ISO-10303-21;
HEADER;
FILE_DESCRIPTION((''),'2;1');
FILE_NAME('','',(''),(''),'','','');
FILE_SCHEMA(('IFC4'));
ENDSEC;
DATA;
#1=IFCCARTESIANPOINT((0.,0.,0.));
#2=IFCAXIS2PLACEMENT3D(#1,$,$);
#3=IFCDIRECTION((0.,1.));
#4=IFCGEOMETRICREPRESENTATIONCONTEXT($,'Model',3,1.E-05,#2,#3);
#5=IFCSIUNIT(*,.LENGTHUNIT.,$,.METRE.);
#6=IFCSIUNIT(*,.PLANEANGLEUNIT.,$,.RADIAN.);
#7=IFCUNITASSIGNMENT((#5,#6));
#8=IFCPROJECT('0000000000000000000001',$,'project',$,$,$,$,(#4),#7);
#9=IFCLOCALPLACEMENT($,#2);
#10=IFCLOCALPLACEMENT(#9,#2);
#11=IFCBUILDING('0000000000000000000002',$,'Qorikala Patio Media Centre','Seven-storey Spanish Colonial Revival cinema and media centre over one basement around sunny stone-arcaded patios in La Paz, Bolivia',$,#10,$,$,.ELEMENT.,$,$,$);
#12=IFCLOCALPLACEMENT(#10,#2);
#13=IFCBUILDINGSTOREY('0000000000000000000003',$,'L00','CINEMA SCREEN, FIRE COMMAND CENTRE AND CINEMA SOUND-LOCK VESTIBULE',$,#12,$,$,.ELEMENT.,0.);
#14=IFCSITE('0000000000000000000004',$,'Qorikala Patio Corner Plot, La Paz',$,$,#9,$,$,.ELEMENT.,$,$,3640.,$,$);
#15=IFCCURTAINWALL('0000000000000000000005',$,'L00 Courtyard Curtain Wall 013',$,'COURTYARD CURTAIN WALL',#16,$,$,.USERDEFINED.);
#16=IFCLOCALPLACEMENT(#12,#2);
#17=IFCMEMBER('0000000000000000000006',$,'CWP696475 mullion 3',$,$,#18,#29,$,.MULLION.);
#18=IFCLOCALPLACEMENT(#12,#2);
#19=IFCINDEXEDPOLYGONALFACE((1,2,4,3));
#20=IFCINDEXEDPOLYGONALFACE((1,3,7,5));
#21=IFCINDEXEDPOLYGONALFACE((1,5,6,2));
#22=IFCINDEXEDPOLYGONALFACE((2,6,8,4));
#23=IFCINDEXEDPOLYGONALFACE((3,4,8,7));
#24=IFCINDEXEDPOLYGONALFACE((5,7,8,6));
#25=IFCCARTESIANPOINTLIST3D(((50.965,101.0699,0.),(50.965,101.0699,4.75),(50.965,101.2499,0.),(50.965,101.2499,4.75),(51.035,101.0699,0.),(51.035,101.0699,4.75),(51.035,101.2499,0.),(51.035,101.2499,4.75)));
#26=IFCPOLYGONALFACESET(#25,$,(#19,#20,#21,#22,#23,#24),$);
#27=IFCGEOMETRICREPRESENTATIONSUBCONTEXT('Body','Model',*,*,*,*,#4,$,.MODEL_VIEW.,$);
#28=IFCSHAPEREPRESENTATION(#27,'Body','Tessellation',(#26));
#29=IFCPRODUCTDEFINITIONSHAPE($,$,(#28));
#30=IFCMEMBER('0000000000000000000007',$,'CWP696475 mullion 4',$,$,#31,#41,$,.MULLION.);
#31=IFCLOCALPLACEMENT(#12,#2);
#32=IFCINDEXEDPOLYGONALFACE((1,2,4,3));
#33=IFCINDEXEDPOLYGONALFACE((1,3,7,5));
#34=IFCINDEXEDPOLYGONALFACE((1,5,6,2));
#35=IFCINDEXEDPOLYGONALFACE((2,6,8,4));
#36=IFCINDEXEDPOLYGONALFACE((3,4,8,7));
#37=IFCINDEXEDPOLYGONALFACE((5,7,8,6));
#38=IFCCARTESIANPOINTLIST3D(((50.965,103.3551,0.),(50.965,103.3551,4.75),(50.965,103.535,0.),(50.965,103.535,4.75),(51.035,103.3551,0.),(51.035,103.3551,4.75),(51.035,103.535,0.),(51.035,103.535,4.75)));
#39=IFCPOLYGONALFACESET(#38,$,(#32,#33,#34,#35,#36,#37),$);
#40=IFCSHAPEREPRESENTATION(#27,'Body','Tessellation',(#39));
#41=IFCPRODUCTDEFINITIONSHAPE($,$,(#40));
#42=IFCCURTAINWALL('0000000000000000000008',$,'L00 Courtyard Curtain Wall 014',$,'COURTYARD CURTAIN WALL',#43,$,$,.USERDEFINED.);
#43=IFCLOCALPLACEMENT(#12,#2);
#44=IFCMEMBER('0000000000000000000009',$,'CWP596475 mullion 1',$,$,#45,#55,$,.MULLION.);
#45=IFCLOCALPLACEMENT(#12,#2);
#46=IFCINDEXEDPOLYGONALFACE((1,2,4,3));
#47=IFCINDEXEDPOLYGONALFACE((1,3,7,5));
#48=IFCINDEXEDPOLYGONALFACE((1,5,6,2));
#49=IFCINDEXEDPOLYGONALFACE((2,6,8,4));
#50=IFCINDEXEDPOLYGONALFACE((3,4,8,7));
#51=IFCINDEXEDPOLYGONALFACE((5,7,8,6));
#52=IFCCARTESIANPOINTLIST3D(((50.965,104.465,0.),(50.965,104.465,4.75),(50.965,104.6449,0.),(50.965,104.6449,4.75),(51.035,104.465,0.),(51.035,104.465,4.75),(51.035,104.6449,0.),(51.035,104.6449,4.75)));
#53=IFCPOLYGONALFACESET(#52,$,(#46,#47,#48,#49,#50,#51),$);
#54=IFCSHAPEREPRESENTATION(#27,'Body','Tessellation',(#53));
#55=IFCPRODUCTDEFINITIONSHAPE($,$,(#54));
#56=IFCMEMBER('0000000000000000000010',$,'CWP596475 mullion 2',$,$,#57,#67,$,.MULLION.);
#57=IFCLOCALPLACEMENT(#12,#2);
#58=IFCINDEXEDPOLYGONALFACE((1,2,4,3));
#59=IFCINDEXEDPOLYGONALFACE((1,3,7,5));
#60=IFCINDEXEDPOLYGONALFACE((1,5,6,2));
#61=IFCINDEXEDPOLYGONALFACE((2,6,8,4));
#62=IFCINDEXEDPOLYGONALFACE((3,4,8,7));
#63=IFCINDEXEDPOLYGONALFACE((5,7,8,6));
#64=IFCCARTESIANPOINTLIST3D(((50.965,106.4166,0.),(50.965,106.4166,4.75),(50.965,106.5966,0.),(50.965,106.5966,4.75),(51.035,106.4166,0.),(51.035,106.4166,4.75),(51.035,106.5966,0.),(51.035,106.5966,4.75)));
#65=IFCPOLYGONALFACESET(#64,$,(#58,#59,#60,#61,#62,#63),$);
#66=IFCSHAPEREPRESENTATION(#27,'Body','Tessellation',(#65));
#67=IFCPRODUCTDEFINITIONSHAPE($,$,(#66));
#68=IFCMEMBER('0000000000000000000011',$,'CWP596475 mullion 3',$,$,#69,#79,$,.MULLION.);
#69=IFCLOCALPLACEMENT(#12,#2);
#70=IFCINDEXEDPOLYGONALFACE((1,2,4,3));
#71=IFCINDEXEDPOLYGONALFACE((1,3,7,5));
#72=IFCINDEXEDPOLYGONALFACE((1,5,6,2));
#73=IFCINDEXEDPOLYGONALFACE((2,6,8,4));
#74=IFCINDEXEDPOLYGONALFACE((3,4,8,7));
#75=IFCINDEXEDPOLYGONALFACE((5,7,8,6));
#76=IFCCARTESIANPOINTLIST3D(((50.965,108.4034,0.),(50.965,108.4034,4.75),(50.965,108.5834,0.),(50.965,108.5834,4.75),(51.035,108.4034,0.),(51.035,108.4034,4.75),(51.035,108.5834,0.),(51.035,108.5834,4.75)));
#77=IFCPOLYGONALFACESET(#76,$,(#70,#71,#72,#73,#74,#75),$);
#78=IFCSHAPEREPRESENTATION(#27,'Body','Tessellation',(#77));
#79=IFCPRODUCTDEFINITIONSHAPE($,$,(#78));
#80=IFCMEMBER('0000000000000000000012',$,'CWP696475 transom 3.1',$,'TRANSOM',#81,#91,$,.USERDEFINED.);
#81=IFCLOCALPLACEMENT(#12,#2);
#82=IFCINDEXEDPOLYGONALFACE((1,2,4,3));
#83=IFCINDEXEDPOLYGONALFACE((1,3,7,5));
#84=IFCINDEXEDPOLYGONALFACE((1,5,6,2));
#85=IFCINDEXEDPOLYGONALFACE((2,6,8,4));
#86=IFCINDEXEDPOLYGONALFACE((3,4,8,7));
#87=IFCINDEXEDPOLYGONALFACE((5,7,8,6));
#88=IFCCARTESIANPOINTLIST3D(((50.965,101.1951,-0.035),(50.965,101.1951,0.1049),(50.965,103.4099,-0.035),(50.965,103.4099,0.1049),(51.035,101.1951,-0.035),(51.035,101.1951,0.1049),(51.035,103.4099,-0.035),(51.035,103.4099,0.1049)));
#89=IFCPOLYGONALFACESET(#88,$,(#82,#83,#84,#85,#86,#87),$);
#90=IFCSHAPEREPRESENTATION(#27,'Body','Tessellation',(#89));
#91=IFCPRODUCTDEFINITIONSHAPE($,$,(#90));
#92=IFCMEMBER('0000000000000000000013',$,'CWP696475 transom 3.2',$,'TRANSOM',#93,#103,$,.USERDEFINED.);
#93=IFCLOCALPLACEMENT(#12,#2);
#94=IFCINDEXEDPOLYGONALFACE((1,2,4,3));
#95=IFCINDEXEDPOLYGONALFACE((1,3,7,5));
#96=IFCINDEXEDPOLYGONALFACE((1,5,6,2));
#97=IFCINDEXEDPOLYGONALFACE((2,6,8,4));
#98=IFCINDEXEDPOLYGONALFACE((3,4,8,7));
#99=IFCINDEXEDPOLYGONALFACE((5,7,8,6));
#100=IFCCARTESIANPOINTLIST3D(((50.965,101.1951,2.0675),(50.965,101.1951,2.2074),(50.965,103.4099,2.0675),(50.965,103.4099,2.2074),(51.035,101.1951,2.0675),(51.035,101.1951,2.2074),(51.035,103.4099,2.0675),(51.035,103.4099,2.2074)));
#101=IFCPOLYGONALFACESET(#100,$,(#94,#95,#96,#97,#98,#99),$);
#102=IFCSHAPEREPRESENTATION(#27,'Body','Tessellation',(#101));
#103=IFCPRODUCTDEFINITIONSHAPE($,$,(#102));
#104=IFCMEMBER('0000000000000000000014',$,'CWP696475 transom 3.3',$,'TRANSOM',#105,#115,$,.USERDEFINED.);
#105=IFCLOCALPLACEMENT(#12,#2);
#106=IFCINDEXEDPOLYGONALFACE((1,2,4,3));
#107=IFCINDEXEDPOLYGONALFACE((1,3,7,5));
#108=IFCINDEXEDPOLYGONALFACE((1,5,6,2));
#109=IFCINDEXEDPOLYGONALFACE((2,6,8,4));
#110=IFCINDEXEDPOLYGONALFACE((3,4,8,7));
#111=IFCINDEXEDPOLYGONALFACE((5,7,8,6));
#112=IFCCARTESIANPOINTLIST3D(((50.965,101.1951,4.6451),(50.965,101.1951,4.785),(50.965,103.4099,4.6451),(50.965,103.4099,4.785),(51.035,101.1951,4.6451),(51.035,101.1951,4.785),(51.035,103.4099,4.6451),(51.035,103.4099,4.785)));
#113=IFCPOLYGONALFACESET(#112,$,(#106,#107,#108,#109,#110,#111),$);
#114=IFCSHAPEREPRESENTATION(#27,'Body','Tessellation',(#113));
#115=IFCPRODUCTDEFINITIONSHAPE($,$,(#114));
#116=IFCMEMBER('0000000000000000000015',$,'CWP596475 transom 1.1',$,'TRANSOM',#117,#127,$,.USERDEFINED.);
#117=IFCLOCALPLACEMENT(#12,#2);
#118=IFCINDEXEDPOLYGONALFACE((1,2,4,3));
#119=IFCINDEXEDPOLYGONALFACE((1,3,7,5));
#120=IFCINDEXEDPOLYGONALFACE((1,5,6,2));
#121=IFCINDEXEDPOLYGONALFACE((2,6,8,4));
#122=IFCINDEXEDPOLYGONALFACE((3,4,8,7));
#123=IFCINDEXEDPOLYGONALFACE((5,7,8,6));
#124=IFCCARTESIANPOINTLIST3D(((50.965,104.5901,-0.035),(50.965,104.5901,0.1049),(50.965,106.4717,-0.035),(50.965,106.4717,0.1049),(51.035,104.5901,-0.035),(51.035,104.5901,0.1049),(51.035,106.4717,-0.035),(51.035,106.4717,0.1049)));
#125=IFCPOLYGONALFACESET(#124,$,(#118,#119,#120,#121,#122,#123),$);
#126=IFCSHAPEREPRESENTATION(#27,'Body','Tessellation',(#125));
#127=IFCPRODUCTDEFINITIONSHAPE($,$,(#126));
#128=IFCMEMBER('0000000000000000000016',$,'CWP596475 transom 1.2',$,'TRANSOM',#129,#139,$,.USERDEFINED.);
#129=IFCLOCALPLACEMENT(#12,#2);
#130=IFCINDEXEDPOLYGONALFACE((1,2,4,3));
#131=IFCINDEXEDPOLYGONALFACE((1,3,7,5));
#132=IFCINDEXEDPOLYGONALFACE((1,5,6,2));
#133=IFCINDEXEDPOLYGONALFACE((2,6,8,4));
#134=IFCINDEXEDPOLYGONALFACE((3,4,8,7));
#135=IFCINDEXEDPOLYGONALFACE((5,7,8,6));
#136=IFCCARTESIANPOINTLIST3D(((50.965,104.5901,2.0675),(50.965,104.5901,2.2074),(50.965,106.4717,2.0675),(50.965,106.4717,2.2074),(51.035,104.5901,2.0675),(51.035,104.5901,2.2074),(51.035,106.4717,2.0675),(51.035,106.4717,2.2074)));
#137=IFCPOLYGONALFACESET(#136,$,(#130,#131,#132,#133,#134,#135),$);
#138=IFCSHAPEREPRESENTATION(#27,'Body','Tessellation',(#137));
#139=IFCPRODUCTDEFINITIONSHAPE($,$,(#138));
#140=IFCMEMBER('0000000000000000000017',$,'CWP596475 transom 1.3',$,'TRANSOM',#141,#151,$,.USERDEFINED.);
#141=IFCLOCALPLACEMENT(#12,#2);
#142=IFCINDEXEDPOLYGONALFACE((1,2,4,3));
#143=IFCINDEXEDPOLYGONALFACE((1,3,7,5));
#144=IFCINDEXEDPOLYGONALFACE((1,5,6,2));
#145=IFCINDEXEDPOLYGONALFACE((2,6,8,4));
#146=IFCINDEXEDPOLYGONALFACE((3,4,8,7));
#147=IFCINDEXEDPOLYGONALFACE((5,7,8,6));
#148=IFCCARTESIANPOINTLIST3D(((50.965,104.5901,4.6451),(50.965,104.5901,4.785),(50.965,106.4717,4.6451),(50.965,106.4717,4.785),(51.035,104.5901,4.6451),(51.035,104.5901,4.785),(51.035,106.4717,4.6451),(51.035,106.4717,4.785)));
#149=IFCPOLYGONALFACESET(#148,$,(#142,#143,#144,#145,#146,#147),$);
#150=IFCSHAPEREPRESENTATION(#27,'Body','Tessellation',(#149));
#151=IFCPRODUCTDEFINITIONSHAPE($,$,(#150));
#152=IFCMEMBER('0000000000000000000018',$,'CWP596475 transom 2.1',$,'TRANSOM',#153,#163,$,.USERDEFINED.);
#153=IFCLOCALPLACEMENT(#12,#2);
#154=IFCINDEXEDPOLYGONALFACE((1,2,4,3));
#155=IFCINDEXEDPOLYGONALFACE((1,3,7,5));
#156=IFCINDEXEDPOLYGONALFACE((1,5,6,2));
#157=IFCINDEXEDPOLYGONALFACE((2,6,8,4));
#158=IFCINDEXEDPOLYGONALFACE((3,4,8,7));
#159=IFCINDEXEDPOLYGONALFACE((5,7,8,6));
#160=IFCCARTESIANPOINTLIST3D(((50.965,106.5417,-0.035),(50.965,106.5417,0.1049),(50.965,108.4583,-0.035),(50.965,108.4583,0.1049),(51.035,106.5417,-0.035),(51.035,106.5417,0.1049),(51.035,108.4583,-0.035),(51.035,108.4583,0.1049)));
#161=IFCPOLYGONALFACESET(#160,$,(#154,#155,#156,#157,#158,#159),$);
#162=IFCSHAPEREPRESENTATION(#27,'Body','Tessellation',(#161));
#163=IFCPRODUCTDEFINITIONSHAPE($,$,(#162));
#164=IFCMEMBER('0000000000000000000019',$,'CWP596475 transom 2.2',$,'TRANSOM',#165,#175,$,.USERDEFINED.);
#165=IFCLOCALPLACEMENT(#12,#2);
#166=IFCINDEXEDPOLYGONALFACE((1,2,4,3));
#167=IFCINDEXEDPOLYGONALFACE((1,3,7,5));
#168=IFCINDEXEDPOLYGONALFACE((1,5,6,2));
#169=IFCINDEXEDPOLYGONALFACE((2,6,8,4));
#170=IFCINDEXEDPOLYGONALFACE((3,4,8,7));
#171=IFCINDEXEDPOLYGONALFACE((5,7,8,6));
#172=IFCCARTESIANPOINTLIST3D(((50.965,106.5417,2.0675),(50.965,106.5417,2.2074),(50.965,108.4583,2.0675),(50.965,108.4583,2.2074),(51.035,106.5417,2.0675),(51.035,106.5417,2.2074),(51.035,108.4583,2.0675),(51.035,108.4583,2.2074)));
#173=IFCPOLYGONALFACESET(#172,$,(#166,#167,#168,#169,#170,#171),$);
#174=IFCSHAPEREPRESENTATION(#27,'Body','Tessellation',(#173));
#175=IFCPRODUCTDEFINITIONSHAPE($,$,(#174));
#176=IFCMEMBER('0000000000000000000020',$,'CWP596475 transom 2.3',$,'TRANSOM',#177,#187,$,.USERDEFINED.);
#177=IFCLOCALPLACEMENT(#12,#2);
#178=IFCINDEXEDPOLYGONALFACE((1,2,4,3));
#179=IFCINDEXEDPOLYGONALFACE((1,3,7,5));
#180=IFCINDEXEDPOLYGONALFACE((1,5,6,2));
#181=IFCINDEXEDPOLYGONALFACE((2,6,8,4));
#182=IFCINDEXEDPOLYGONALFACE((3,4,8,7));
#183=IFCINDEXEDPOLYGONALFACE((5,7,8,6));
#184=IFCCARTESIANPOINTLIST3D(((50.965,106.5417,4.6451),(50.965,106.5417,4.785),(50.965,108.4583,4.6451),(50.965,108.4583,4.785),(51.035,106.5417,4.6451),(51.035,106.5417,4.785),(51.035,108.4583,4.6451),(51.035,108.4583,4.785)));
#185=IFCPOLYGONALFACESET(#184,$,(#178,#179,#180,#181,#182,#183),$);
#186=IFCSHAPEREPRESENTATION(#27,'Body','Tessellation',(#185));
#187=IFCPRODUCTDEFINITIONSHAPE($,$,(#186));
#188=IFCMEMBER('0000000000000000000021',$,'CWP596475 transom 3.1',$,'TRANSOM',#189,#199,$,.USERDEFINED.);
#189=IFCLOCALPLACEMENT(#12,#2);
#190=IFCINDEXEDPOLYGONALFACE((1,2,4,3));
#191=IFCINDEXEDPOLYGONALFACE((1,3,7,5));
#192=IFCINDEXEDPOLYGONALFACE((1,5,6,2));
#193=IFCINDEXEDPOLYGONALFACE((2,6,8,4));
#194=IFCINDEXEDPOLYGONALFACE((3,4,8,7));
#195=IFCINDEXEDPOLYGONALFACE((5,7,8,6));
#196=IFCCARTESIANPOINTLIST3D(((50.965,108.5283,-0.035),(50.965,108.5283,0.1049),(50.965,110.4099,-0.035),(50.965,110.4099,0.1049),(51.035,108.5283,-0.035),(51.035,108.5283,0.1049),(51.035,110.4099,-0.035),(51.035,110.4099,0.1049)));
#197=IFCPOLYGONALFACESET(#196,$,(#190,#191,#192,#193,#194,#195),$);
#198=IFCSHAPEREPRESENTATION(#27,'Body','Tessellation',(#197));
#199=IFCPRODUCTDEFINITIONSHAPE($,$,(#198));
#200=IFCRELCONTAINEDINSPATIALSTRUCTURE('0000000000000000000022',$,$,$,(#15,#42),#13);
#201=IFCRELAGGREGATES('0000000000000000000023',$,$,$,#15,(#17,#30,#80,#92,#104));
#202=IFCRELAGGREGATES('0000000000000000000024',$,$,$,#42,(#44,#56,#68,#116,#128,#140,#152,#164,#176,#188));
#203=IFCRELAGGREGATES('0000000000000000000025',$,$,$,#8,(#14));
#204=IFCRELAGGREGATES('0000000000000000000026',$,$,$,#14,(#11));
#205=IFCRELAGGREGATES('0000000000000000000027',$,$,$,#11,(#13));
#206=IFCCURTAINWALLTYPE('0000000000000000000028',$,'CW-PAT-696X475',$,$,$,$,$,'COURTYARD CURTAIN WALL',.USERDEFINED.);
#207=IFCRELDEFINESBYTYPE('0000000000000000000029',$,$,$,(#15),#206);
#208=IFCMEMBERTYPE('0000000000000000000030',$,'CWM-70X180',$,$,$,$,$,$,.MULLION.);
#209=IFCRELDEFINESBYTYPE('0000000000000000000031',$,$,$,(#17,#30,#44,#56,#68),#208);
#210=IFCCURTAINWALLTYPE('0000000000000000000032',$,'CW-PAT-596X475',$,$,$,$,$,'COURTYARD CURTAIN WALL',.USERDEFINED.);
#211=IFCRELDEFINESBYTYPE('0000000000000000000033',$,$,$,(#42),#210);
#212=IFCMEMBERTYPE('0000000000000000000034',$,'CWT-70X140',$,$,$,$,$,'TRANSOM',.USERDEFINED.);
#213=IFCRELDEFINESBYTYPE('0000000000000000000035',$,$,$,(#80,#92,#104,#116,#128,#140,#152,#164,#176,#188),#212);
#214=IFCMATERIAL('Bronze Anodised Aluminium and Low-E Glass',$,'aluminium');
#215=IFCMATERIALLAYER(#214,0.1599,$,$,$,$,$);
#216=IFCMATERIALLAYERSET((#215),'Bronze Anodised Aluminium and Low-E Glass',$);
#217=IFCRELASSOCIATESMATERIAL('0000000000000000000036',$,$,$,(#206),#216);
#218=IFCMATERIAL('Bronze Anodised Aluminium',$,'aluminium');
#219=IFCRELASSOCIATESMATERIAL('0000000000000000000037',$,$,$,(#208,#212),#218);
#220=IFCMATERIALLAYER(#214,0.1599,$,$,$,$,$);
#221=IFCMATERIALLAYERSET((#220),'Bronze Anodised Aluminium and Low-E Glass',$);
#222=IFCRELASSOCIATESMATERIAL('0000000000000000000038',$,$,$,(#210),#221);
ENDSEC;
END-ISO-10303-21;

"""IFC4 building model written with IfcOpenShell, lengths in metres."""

from ifc_helpers import new_model, si_unit, direction, frame, origin, origin_2d, place, context, subcontext, project, spatial, rectangle, extrude, material, layer, layer_set, material_profile, profile_set, type_object, element, aggregate, save


model = new_model("IFC4")

# Units and contexts
model_context = context("Model", 3, precision=1e-05, world=origin(), true_north=direction((0.0, 1.0)))
body_context = subcontext(model_context, "Body", "Model", "MODEL_VIEW")
ifc_project = project(units=[si_unit("LENGTHUNIT", "METRE"), si_unit("PLANEANGLEUNIT", "RADIAN")], contexts=[model_context])

# Site, building, storey
site_placement = place(None, origin())
site = spatial("IfcSite", under=ifc_project, at=site_placement, Name="Qorikala Patio Corner Plot, La Paz", CompositionType="ELEMENT", RefElevation=3640.0)
building_placement = place(site_placement, origin())
building = spatial("IfcBuilding", under=site, at=building_placement, Name="Qorikala Patio Media Centre", Description="Seven-storey Spanish Colonial Revival cinema and media centre over one basement around sunny stone-arcaded patios in La Paz, Bolivia", CompositionType="ELEMENT")
storey_placement = place(building_placement, origin())
storey = spatial("IfcBuildingStorey", under=building, at=storey_placement, Name="L00", Description="CINEMA SCREEN, FIRE COMMAND CENTRE AND CINEMA SOUND-LOCK VESTIBULE", CompositionType="ELEMENT", Elevation=0.0)

# Curtain walls, members
ifc_material_1 = material(Name="Bronze Anodised Aluminium and Low-E Glass", Category="aluminium")
ifc_layer_1 = layer(ifc_material_1, 0.1599)
ifc_layer_set_1 = layer_set([ifc_layer_1], Name="Bronze Anodised Aluminium and Low-E Glass")
curtain_wall_type_1 = type_object("IfcCurtainWallType", Name="CW-PAT-696X475", ElementType="COURTYARD CURTAIN WALL", PredefinedType="USERDEFINED", material=ifc_layer_set_1)
curtain_wall_1_placement = place(storey_placement, origin())
curtain_wall_1 = element("IfcCurtainWall", 1, at=curtain_wall_1_placement, inside=storey, type_object=curtain_wall_type_1, Name="L00 Courtyard Curtain Wall 013", ObjectType="COURTYARD CURTAIN WALL", PredefinedType="USERDEFINED")
ifc_material_2 = material(Name="Bronze Anodised Aluminium", Category="aluminium")
ifc_material_profile_1 = material_profile(ifc_material_2, rectangle(XDim=0.0701, YDim=0.1799, at=origin_2d()), Name="ALU MULLION 70x180")
ifc_profile_set_1 = profile_set([ifc_material_profile_1], Name="Bronze Anodised Aluminium")
member_type_1 = type_object("IfcMemberType", Name="CWM-70X180", PredefinedType="MULLION", material=ifc_profile_set_1)
member_1_placement = place(storey_placement, frame((51.0, 101.1599, 0.0), z_axis=(0.0, 0.0, 1.0), x_axis=(-1.0, 0.0, 0.0)))
member_1 = element("IfcMember", 2, at=member_1_placement, type_object=member_type_1, Name="CWP696475 mullion 3", PredefinedType="MULLION", context=body_context, shape_type="SweptSolid", body=[
    extrude(rectangle(XDim=0.0701, YDim=0.1799, at=origin_2d()), origin(), (0.0, 0.0, 1.0), 4.75),
])
member_2_placement = place(storey_placement, frame((51.0, 103.4451, 0.0), z_axis=(0.0, 0.0, 1.0), x_axis=(-1.0, 0.0, 0.0)))
member_2 = element("IfcMember", 3, at=member_2_placement, type_object=member_type_1, Name="CWP696475 mullion 4", PredefinedType="MULLION", context=body_context, shape_type="SweptSolid", body=[
    extrude(rectangle(XDim=0.0701, YDim=0.1799, at=origin_2d()), origin(), (0.0, 0.0, 1.0), 4.75),
])
ifc_layer_2 = layer(ifc_material_1, 0.1599)
ifc_layer_set_2 = layer_set([ifc_layer_2], Name="Bronze Anodised Aluminium and Low-E Glass")
curtain_wall_type_2 = type_object("IfcCurtainWallType", Name="CW-PAT-596X475", ElementType="COURTYARD CURTAIN WALL", PredefinedType="USERDEFINED", material=ifc_layer_set_2)
curtain_wall_2_placement = place(storey_placement, origin())
curtain_wall_2 = element("IfcCurtainWall", 4, at=curtain_wall_2_placement, inside=storey, type_object=curtain_wall_type_2, Name="L00 Courtyard Curtain Wall 014", ObjectType="COURTYARD CURTAIN WALL", PredefinedType="USERDEFINED")
member_3_placement = place(storey_placement, frame((51.0, 104.5549, 0.0), z_axis=(0.0, 0.0, 1.0), x_axis=(-1.0, 0.0, 0.0)))
member_3 = element("IfcMember", 5, at=member_3_placement, type_object=member_type_1, Name="CWP596475 mullion 1", PredefinedType="MULLION", context=body_context, shape_type="SweptSolid", body=[
    extrude(rectangle(XDim=0.0701, YDim=0.1799, at=origin_2d()), origin(), (0.0, 0.0, 1.0), 4.75),
])
member_4_placement = place(storey_placement, frame((51.0, 106.5066, 0.0), z_axis=(0.0, 0.0, 1.0), x_axis=(-1.0, 0.0, 0.0)))
member_4 = element("IfcMember", 6, at=member_4_placement, type_object=member_type_1, Name="CWP596475 mullion 2", PredefinedType="MULLION", context=body_context, shape_type="SweptSolid", body=[
    extrude(rectangle(XDim=0.0701, YDim=0.1799, at=origin_2d()), origin(), (0.0, 0.0, 1.0), 4.75),
])
member_5_placement = place(storey_placement, frame((51.0, 108.4934, 0.0), z_axis=(0.0, 0.0, 1.0), x_axis=(-1.0, 0.0, 0.0)))
member_5 = element("IfcMember", 7, at=member_5_placement, type_object=member_type_1, Name="CWP596475 mullion 3", PredefinedType="MULLION", context=body_context, shape_type="SweptSolid", body=[
    extrude(rectangle(XDim=0.0701, YDim=0.1799, at=origin_2d()), origin(), (0.0, 0.0, 1.0), 4.75),
])

# Members
ifc_material_profile_2 = material_profile(ifc_material_2, rectangle(XDim=0.0701, YDim=0.1399, at=origin_2d()), Name="ALU TRANSOM 70x140")
ifc_profile_set_2 = profile_set([ifc_material_profile_2], Name="Bronze Anodised Aluminium")
member_type_2 = type_object("IfcMemberType", Name="CWT-70X140", ElementType="TRANSOM", PredefinedType="USERDEFINED", material=ifc_profile_set_2)
member_6_placement = place(storey_placement, frame((51.0, 101.1951, 0.0349), z_axis=(0.0, 1.0, 0.0), x_axis=(-1.0, 0.0, 0.0)))
member_6 = element("IfcMember", 8, at=member_6_placement, type_object=member_type_2, Name="CWP696475 transom 3.1", ObjectType="TRANSOM", PredefinedType="USERDEFINED", context=body_context, shape_type="SweptSolid", body=[
    extrude(rectangle(XDim=0.0701, YDim=0.1399, at=origin_2d()), origin(), (0.0, 0.0, 1.0), 2.2148),
])
member_7_placement = place(storey_placement, frame((51.0, 101.1951, 2.1375), z_axis=(0.0, 1.0, 0.0), x_axis=(-1.0, 0.0, 0.0)))
member_7 = element("IfcMember", 9, at=member_7_placement, type_object=member_type_2, Name="CWP696475 transom 3.2", ObjectType="TRANSOM", PredefinedType="USERDEFINED", context=body_context, shape_type="SweptSolid", body=[
    extrude(rectangle(XDim=0.0701, YDim=0.1399, at=origin_2d()), origin(), (0.0, 0.0, 1.0), 2.2148),
])
member_8_placement = place(storey_placement, frame((51.0, 101.1951, 4.7151), z_axis=(0.0, 1.0, 0.0), x_axis=(-1.0, 0.0, 0.0)))
member_8 = element("IfcMember", 10, at=member_8_placement, type_object=member_type_2, Name="CWP696475 transom 3.3", ObjectType="TRANSOM", PredefinedType="USERDEFINED", context=body_context, shape_type="SweptSolid", body=[
    extrude(rectangle(XDim=0.0701, YDim=0.1399, at=origin_2d()), origin(), (0.0, 0.0, 1.0), 2.2148),
])
member_9_placement = place(storey_placement, frame((51.0, 104.5901, 0.0349), z_axis=(0.0, 1.0, 0.0), x_axis=(-1.0, 0.0, 0.0)))
member_9 = element("IfcMember", 11, at=member_9_placement, type_object=member_type_2, Name="CWP596475 transom 1.1", ObjectType="TRANSOM", PredefinedType="USERDEFINED", context=body_context, shape_type="SweptSolid", body=[
    extrude(rectangle(XDim=0.0701, YDim=0.1399, at=origin_2d()), origin(), (0.0, 0.0, 1.0), 1.8816),
])
member_10_placement = place(storey_placement, frame((51.0, 104.5901, 2.1375), z_axis=(0.0, 1.0, 0.0), x_axis=(-1.0, 0.0, 0.0)))
member_10 = element("IfcMember", 12, at=member_10_placement, type_object=member_type_2, Name="CWP596475 transom 1.2", ObjectType="TRANSOM", PredefinedType="USERDEFINED", context=body_context, shape_type="SweptSolid", body=[
    extrude(rectangle(XDim=0.0701, YDim=0.1399, at=origin_2d()), origin(), (0.0, 0.0, 1.0), 1.8816),
])
member_11_placement = place(storey_placement, frame((51.0, 104.5901, 4.7151), z_axis=(0.0, 1.0, 0.0), x_axis=(-1.0, 0.0, 0.0)))
member_11 = element("IfcMember", 13, at=member_11_placement, type_object=member_type_2, Name="CWP596475 transom 1.3", ObjectType="TRANSOM", PredefinedType="USERDEFINED", context=body_context, shape_type="SweptSolid", body=[
    extrude(rectangle(XDim=0.0701, YDim=0.1399, at=origin_2d()), origin(), (0.0, 0.0, 1.0), 1.8816),
])
member_12_placement = place(storey_placement, frame((51.0, 106.5417, 0.0349), z_axis=(0.0, 1.0, 0.0), x_axis=(-1.0, 0.0, 0.0)))
member_12 = element("IfcMember", 14, at=member_12_placement, type_object=member_type_2, Name="CWP596475 transom 2.1", ObjectType="TRANSOM", PredefinedType="USERDEFINED", context=body_context, shape_type="SweptSolid", body=[
    extrude(rectangle(XDim=0.0701, YDim=0.1399, at=origin_2d()), origin(), (0.0, 0.0, 1.0), 1.9165),
])
member_13_placement = place(storey_placement, frame((51.0, 106.5417, 2.1375), z_axis=(0.0, 1.0, 0.0), x_axis=(-1.0, 0.0, 0.0)))
member_13 = element("IfcMember", 15, at=member_13_placement, type_object=member_type_2, Name="CWP596475 transom 2.2", ObjectType="TRANSOM", PredefinedType="USERDEFINED", context=body_context, shape_type="SweptSolid", body=[
    extrude(rectangle(XDim=0.0701, YDim=0.1399, at=origin_2d()), origin(), (0.0, 0.0, 1.0), 1.9165),
])
member_14_placement = place(storey_placement, frame((51.0, 106.5417, 4.7151), z_axis=(0.0, 1.0, 0.0), x_axis=(-1.0, 0.0, 0.0)))
member_14 = element("IfcMember", 16, at=member_14_placement, type_object=member_type_2, Name="CWP596475 transom 2.3", ObjectType="TRANSOM", PredefinedType="USERDEFINED", context=body_context, shape_type="SweptSolid", body=[
    extrude(rectangle(XDim=0.0701, YDim=0.1399, at=origin_2d()), origin(), (0.0, 0.0, 1.0), 1.9165),
])
member_15_placement = place(storey_placement, frame((51.0, 108.5283, 0.0349), z_axis=(0.0, 1.0, 0.0), x_axis=(-1.0, 0.0, 0.0)))
member_15 = element("IfcMember", 17, at=member_15_placement, type_object=member_type_2, Name="CWP596475 transom 3.1", ObjectType="TRANSOM", PredefinedType="USERDEFINED", context=body_context, shape_type="SweptSolid", body=[
    extrude(rectangle(XDim=0.0701, YDim=0.1399, at=origin_2d()), origin(), (0.0, 0.0, 1.0), 1.8816),
])

aggregate(curtain_wall_1, [member_1, member_2, member_6, member_7, member_8])
aggregate(curtain_wall_2, [member_3, member_4, member_5, member_9, member_10, member_11, member_12, member_13, member_14, member_15])

save(model, "model.ifc")
